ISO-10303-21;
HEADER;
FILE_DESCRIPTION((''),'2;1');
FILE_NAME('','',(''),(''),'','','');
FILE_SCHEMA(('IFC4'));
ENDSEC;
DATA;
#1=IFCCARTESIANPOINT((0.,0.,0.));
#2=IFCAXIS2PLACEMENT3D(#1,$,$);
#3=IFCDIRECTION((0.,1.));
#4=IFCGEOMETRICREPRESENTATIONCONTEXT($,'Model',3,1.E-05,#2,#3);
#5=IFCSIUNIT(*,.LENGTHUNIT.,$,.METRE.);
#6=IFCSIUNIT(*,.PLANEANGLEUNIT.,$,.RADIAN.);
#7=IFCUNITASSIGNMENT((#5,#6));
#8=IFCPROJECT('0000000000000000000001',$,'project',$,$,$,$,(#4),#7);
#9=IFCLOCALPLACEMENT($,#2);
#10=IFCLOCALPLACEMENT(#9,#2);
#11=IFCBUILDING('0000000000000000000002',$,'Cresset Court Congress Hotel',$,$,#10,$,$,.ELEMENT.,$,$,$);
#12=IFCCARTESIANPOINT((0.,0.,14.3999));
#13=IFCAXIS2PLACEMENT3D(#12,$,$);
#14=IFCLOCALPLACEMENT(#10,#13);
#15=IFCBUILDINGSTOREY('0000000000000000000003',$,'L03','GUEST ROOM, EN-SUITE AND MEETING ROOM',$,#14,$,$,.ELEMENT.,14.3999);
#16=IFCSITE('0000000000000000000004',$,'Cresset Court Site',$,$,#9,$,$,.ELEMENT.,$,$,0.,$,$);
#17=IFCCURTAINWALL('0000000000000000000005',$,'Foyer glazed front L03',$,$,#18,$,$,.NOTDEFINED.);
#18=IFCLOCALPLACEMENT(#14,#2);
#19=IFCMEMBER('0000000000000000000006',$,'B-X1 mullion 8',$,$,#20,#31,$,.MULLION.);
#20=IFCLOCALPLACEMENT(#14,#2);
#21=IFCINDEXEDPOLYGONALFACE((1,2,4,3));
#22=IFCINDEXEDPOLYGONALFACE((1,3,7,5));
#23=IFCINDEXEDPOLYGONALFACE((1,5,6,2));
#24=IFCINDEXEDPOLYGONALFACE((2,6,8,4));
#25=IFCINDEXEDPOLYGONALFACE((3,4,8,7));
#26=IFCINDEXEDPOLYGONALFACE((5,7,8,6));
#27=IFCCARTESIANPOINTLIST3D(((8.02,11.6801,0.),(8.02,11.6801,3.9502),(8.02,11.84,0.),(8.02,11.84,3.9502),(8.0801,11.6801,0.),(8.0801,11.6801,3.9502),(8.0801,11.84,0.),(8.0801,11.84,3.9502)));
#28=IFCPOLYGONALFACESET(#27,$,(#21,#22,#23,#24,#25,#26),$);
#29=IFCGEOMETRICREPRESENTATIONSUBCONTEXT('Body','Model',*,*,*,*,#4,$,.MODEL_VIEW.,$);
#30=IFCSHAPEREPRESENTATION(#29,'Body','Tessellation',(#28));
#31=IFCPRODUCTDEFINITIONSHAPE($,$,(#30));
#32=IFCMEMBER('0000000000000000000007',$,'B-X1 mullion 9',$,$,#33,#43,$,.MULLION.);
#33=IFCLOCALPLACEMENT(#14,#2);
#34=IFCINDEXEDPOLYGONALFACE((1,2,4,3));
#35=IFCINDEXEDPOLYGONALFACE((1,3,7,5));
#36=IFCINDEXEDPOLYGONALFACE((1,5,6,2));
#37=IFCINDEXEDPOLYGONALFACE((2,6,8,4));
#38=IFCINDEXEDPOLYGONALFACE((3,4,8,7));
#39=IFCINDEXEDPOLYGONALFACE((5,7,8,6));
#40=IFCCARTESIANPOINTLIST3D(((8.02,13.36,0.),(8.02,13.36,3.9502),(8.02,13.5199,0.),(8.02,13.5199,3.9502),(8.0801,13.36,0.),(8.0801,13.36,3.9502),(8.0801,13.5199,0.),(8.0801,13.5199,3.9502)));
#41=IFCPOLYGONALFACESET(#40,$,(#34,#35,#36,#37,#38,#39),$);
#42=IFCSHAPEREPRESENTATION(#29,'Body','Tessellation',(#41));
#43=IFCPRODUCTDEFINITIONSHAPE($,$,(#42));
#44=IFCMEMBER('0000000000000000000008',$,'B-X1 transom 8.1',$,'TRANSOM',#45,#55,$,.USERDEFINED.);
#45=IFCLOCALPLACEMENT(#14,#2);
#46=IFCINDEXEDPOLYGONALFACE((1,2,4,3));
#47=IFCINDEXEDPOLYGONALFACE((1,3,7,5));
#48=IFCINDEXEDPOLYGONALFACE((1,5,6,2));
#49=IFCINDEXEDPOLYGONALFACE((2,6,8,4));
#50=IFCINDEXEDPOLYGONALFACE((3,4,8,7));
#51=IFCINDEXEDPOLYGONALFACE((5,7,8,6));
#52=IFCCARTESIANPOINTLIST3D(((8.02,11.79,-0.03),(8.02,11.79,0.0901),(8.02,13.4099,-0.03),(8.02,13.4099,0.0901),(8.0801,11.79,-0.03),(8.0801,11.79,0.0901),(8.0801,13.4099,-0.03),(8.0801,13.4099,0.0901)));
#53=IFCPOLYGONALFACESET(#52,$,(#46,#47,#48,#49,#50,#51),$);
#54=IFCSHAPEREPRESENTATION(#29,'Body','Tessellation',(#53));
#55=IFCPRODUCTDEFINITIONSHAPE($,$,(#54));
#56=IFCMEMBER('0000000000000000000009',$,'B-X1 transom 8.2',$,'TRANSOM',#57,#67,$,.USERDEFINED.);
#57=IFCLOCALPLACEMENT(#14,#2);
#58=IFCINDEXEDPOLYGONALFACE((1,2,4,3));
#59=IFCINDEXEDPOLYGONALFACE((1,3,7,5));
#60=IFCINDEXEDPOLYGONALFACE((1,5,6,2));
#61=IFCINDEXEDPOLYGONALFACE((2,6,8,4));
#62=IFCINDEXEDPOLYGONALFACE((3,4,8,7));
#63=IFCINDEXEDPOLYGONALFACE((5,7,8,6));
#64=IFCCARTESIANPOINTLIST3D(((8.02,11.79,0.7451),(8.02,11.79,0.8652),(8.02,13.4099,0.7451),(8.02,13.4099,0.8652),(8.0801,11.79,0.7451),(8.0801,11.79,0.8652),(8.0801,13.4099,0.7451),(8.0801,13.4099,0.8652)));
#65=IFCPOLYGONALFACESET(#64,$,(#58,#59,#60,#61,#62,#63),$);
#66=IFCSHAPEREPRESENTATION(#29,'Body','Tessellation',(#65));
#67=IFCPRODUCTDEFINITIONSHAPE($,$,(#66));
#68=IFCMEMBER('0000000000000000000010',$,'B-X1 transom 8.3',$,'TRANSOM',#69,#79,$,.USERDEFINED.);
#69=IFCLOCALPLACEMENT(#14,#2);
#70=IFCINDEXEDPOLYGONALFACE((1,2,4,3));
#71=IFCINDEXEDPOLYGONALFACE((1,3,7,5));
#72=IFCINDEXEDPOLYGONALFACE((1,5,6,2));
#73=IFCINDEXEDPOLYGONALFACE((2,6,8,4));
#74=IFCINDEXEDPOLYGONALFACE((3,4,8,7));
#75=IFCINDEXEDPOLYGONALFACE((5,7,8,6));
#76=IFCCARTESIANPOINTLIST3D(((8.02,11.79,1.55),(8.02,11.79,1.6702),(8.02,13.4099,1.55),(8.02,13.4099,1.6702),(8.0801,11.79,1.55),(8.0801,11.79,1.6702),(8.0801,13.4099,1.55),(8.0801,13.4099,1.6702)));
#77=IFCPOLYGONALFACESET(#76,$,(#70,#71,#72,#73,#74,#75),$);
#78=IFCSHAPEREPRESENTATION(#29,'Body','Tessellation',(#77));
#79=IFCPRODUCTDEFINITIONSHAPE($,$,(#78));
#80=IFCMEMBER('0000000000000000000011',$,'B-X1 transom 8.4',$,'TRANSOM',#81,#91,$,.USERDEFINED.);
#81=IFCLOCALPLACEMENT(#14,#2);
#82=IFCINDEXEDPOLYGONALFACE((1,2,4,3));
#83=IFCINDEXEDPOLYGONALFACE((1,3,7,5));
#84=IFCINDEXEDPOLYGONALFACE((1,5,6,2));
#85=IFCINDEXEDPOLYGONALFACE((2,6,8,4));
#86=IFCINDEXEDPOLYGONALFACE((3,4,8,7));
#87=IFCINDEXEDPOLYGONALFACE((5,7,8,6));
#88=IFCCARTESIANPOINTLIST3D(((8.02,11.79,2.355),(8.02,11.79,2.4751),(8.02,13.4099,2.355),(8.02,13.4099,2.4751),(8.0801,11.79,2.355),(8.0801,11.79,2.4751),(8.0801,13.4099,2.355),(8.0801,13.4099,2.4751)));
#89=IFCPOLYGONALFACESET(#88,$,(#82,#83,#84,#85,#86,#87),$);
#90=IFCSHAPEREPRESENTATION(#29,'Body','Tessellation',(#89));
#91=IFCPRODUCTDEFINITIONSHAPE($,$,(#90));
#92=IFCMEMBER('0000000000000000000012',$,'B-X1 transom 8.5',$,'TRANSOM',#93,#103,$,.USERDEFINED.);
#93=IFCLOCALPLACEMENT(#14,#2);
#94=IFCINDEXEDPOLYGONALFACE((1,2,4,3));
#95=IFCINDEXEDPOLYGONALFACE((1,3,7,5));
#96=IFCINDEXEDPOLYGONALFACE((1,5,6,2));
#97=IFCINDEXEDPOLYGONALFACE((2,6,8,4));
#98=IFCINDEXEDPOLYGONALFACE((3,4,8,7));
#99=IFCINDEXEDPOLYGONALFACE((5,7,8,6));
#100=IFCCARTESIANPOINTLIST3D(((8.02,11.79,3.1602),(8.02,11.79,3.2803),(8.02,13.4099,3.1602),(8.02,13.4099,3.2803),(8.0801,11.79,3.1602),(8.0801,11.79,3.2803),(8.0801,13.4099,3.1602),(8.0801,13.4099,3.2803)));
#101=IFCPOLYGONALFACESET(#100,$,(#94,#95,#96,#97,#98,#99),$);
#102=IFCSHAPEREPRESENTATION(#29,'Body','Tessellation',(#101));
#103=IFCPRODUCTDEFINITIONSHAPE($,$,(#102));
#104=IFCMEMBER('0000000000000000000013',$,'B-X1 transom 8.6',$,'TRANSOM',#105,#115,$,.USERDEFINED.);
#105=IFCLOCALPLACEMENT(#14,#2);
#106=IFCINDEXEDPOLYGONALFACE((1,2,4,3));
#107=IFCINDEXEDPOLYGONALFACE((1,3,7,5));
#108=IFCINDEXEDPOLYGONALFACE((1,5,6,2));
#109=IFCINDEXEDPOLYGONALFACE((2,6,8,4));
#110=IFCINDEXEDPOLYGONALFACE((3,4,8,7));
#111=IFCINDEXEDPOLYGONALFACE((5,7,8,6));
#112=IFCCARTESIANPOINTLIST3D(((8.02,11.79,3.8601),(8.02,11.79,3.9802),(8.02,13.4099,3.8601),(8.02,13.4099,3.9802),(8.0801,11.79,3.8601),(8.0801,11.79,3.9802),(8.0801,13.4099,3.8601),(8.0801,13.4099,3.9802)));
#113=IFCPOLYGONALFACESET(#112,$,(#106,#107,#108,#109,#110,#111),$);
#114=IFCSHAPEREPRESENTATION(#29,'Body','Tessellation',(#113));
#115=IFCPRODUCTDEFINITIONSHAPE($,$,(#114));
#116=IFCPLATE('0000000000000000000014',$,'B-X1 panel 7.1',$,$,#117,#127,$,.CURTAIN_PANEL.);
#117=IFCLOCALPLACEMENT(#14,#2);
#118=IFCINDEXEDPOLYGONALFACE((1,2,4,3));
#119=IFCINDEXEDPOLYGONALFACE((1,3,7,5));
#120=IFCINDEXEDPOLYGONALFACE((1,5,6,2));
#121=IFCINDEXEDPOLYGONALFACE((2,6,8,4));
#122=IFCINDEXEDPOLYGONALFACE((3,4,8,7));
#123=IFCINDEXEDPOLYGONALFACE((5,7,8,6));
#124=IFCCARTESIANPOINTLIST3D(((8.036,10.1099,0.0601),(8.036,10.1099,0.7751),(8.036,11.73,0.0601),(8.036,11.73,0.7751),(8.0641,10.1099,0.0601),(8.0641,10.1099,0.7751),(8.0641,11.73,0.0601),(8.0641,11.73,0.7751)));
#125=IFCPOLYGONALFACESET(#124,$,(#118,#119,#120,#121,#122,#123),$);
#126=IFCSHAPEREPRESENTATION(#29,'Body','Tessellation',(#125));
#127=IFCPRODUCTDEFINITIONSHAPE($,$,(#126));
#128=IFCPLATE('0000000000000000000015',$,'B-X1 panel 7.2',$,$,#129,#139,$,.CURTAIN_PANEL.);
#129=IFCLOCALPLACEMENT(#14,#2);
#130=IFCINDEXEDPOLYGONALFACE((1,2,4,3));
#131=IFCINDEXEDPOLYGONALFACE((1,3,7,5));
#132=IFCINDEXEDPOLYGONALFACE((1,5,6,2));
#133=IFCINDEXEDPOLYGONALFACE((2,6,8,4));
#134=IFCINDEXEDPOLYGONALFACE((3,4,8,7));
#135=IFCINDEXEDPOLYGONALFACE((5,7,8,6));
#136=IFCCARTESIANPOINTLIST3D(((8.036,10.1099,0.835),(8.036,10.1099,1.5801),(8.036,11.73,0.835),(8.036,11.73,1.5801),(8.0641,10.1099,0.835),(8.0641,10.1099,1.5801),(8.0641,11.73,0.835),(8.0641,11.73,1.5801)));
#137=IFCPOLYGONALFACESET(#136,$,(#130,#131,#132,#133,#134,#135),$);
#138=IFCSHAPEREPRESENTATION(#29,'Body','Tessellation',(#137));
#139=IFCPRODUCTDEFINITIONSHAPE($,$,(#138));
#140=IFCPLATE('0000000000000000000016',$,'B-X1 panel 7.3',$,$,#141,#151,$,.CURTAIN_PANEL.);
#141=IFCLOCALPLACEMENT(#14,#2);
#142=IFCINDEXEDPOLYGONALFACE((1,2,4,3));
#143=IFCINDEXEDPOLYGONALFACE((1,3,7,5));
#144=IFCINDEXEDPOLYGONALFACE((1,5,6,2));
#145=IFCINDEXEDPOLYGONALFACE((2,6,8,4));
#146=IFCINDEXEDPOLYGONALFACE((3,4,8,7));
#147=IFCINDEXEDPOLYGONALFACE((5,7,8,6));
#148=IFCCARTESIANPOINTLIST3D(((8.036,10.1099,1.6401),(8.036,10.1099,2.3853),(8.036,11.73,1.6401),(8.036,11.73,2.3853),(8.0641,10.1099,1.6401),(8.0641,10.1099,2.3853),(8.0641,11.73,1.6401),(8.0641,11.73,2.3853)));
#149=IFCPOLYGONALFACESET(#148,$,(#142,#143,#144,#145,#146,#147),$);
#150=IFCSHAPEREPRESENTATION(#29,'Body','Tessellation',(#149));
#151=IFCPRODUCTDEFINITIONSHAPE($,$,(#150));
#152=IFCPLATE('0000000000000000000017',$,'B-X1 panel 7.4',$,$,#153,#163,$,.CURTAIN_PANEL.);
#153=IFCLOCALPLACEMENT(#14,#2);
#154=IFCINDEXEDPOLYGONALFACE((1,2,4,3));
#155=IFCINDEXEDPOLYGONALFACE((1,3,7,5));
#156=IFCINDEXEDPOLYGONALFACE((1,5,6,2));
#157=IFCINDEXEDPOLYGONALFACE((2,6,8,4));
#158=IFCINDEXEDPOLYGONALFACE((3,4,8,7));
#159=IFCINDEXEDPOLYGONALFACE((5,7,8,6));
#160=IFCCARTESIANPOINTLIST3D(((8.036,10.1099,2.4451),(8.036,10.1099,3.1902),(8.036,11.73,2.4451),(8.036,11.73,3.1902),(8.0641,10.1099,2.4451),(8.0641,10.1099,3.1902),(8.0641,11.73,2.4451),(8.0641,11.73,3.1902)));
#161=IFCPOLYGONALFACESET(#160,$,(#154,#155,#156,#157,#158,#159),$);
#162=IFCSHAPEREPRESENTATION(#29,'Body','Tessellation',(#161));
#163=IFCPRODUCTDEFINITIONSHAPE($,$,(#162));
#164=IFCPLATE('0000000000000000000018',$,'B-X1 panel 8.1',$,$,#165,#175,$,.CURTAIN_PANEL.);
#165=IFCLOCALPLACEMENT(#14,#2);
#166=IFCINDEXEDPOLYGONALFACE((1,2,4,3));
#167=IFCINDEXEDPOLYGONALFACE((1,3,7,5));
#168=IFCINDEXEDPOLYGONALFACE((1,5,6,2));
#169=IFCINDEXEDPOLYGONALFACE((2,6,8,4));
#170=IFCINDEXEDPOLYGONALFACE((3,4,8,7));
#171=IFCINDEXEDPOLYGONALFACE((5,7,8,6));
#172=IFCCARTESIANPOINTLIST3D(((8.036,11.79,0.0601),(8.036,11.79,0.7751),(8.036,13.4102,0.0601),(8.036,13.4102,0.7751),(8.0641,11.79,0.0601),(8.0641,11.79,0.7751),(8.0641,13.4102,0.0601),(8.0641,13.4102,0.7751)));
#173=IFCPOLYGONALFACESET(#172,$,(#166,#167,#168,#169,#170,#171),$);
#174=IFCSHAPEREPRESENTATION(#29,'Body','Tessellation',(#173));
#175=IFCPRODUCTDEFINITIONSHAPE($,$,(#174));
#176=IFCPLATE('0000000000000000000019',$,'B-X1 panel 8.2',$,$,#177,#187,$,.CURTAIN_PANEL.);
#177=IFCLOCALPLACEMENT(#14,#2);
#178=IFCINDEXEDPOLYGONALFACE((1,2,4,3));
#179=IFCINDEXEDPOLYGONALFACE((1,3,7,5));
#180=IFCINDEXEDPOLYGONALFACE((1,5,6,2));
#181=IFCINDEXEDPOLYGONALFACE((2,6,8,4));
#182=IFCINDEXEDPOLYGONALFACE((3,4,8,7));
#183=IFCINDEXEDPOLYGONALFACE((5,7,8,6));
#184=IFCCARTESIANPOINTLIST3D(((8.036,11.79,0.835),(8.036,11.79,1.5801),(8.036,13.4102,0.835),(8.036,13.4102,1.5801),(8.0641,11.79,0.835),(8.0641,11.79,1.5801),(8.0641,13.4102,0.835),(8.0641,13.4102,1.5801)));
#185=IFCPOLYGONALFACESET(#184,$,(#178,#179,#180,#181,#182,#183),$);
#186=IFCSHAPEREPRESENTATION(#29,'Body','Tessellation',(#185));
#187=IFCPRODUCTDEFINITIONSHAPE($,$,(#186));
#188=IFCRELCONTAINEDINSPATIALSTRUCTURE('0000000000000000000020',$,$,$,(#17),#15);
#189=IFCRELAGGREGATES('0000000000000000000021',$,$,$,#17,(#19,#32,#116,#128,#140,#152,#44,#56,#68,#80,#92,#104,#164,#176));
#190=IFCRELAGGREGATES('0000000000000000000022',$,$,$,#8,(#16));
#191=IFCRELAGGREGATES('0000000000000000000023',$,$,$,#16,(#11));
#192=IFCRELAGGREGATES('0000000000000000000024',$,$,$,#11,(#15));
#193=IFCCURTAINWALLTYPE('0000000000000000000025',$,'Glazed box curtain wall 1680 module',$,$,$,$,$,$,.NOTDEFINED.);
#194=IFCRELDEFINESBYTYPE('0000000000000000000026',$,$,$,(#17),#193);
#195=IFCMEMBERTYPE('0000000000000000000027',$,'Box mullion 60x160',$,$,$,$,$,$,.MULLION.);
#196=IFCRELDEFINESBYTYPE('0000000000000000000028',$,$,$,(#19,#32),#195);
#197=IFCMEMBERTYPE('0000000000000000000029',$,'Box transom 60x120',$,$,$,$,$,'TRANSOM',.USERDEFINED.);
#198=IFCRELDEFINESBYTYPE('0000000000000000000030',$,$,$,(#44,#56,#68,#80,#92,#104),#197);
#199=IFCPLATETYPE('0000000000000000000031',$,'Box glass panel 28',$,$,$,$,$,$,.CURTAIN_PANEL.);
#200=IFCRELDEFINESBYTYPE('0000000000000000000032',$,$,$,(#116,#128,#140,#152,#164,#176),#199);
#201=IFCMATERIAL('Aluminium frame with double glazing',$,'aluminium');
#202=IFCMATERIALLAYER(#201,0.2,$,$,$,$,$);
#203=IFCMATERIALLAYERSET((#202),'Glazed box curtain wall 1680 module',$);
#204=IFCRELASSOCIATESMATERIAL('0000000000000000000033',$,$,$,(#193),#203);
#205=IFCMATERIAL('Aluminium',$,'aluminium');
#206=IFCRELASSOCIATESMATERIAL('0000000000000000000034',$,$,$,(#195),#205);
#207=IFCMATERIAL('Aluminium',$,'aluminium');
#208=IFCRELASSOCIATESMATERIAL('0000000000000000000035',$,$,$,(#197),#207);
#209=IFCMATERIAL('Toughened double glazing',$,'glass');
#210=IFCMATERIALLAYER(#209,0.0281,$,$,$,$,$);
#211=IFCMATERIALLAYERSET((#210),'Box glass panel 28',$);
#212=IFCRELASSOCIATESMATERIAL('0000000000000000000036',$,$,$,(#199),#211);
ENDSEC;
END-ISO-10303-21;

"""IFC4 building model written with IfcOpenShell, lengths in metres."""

from ifc_helpers import new_model, si_unit, direction, frame, origin, origin_2d, place, context, subcontext, project, spatial, rectangle, extrude, material, layer, layer_set, material_profile, profile_set, type_object, element, aggregate, save


model = new_model("IFC4")

# Units and contexts
model_context = context("Model", 3, precision=1e-05, world=origin(), true_north=direction((0.0, 1.0)))
body_context = subcontext(model_context, "Body", "Model", "MODEL_VIEW")
ifc_project = project(units=[si_unit("LENGTHUNIT", "METRE"), si_unit("PLANEANGLEUNIT", "RADIAN")], contexts=[model_context])

# Site, building, storey
site_placement = place(None, origin())
site = spatial("IfcSite", under=ifc_project, at=site_placement, Name="Cresset Court Site", CompositionType="ELEMENT", RefElevation=0.0)
building_placement = place(site_placement, origin())
building = spatial("IfcBuilding", under=site, at=building_placement, Name="Cresset Court Congress Hotel", CompositionType="ELEMENT")
storey_placement = place(building_placement, frame((0.0, 0.0, 14.3999)))
storey = spatial("IfcBuildingStorey", under=building, at=storey_placement, Name="L03", Description="GUEST ROOM, EN-SUITE AND MEETING ROOM", CompositionType="ELEMENT", Elevation=14.3999)

# Curtain wall, members, plates
ifc_material_1 = material(Name="Aluminium frame with double glazing", Category="aluminium")
ifc_layer_1 = layer(ifc_material_1, 0.2)
ifc_layer_set_1 = layer_set([ifc_layer_1], Name="Glazed box curtain wall 1680 module")
curtain_wall_type = type_object("IfcCurtainWallType", Name="Glazed box curtain wall 1680 module", PredefinedType="NOTDEFINED", material=ifc_layer_set_1)
curtain_wall_placement = place(storey_placement, origin())
curtain_wall = element("IfcCurtainWall", 1, at=curtain_wall_placement, inside=storey, type_object=curtain_wall_type, Name="Foyer glazed front L03", PredefinedType="NOTDEFINED")
ifc_material_2 = material(Name="Aluminium", Category="aluminium")
ifc_material_profile_1 = material_profile(ifc_material_2, rectangle(XDim=0.0601, YDim=0.1599, at=origin_2d()), Name="Box mullion 60x160")
ifc_profile_set_1 = profile_set([ifc_material_profile_1], Name="Aluminium")
member_type_1 = type_object("IfcMemberType", Name="Box mullion 60x160", PredefinedType="MULLION", material=ifc_profile_set_1)
member_1_placement = place(storey_placement, frame((8.05, 11.76, 0.0), z_axis=(0.0, 0.0, 1.0), x_axis=(-1.0, 0.0, 0.0)))
member_1 = element("IfcMember", 2, at=member_1_placement, type_object=member_type_1, Name="B-X1 mullion 8", PredefinedType="MULLION", context=body_context, shape_type="SweptSolid", body=[
    extrude(rectangle(XDim=0.0601, YDim=0.1599, at=origin_2d()), origin(), (0.0, 0.0, 1.0), 3.9502),
])
member_2_placement = place(storey_placement, frame((8.05, 13.4399, 0.0), z_axis=(0.0, 0.0, 1.0), x_axis=(-1.0, 0.0, 0.0)))
member_2 = element("IfcMember", 3, at=member_2_placement, type_object=member_type_1, Name="B-X1 mullion 9", PredefinedType="MULLION", context=body_context, shape_type="SweptSolid", body=[
    extrude(rectangle(XDim=0.0601, YDim=0.1599, at=origin_2d()), origin(), (0.0, 0.0, 1.0), 3.9502),
])
ifc_material_3 = material(Name="Aluminium", Category="aluminium")
ifc_material_profile_2 = material_profile(ifc_material_3, rectangle(XDim=0.0601, YDim=0.1201, at=origin_2d()), Name="Box transom 60x120")
ifc_profile_set_2 = profile_set([ifc_material_profile_2], Name="Aluminium")
member_type_2 = type_object("IfcMemberType", Name="Box transom 60x120", ElementType="TRANSOM", PredefinedType="USERDEFINED", material=ifc_profile_set_2)
member_3_placement = place(storey_placement, frame((8.05, 11.79, 0.03), z_axis=(0.0, 1.0, 0.0), x_axis=(-1.0, 0.0, 0.0)))
member_3 = element("IfcMember", 4, at=member_3_placement, type_object=member_type_2, Name="B-X1 transom 8.1", ObjectType="TRANSOM", PredefinedType="USERDEFINED", context=body_context, shape_type="SweptSolid", body=[
    extrude(rectangle(XDim=0.0601, YDim=0.1201, at=origin_2d()), origin(), (0.0, 0.0, 1.0), 1.6199),
])
member_4_placement = place(storey_placement, frame((8.05, 11.79, 0.8052), z_axis=(0.0, 1.0, 0.0), x_axis=(-1.0, 0.0, 0.0)))
member_4 = element("IfcMember", 5, at=member_4_placement, type_object=member_type_2, Name="B-X1 transom 8.2", ObjectType="TRANSOM", PredefinedType="USERDEFINED", context=body_context, shape_type="SweptSolid", body=[
    extrude(rectangle(XDim=0.0601, YDim=0.1201, at=origin_2d()), origin(), (0.0, 0.0, 1.0), 1.6199),
])
member_5_placement = place(storey_placement, frame((8.05, 11.79, 1.6101), z_axis=(0.0, 1.0, 0.0), x_axis=(-1.0, 0.0, 0.0)))
member_5 = element("IfcMember", 6, at=member_5_placement, type_object=member_type_2, Name="B-X1 transom 8.3", ObjectType="TRANSOM", PredefinedType="USERDEFINED", context=body_context, shape_type="SweptSolid", body=[
    extrude(rectangle(XDim=0.0601, YDim=0.1201, at=origin_2d()), origin(), (0.0, 0.0, 1.0), 1.6199),
])
member_6_placement = place(storey_placement, frame((8.05, 11.79, 2.415), z_axis=(0.0, 1.0, 0.0), x_axis=(-1.0, 0.0, 0.0)))
member_6 = element("IfcMember", 7, at=member_6_placement, type_object=member_type_2, Name="B-X1 transom 8.4", ObjectType="TRANSOM", PredefinedType="USERDEFINED", context=body_context, shape_type="SweptSolid", body=[
    extrude(rectangle(XDim=0.0601, YDim=0.1201, at=origin_2d()), origin(), (0.0, 0.0, 1.0), 1.6199),
])
member_7_placement = place(storey_placement, frame((8.05, 11.79, 3.2202), z_axis=(0.0, 1.0, 0.0), x_axis=(-1.0, 0.0, 0.0)))
member_7 = element("IfcMember", 8, at=member_7_placement, type_object=member_type_2, Name="B-X1 transom 8.5", ObjectType="TRANSOM", PredefinedType="USERDEFINED", context=body_context, shape_type="SweptSolid", body=[
    extrude(rectangle(XDim=0.0601, YDim=0.1201, at=origin_2d()), origin(), (0.0, 0.0, 1.0), 1.6199),
])
member_8_placement = place(storey_placement, frame((8.05, 11.79, 3.9202), z_axis=(0.0, 1.0, 0.0), x_axis=(-1.0, 0.0, 0.0)))
member_8 = element("IfcMember", 9, at=member_8_placement, type_object=member_type_2, Name="B-X1 transom 8.6", ObjectType="TRANSOM", PredefinedType="USERDEFINED", context=body_context, shape_type="SweptSolid", body=[
    extrude(rectangle(XDim=0.0601, YDim=0.1201, at=origin_2d()), origin(), (0.0, 0.0, 1.0), 1.6199),
])
ifc_material_4 = material(Name="Toughened double glazing", Category="glass")
ifc_layer_2 = layer(ifc_material_4, 0.0281)
ifc_layer_set_2 = layer_set([ifc_layer_2], Name="Box glass panel 28")
plate_type_1 = type_object("IfcPlateType", Name="Box glass panel 28", PredefinedType="CURTAIN_PANEL", material=ifc_layer_set_2)
plate_1_placement = place(storey_placement, frame((8.05, 10.9199, 0.0601), z_axis=(0.0, 0.0, 1.0), x_axis=(0.0, 1.0, 0.0)))
plate_1 = element("IfcPlate", 10, at=plate_1_placement, type_object=plate_type_1, Name="B-X1 panel 7.1", PredefinedType="CURTAIN_PANEL", context=body_context, shape_type="SweptSolid", body=[
    extrude(rectangle(XDim=1.6201, YDim=0.0281, at=origin_2d()), origin(), (0.0, 0.0, 1.0), 0.7151),
])
plate_2_placement = place(storey_placement, frame((8.05, 10.9199, 0.835), z_axis=(0.0, 0.0, 1.0), x_axis=(0.0, 1.0, 0.0)))
plate_2 = element("IfcPlate", 11, at=plate_2_placement, type_object=plate_type_1, Name="B-X1 panel 7.2", PredefinedType="CURTAIN_PANEL", context=body_context, shape_type="SweptSolid", body=[
    extrude(rectangle(XDim=1.6201, YDim=0.0281, at=origin_2d()), origin(), (0.0, 0.0, 1.0), 0.7451),
])
plate_3_placement = place(storey_placement, frame((8.05, 10.9199, 1.6401), z_axis=(0.0, 0.0, 1.0), x_axis=(0.0, 1.0, 0.0)))
plate_3 = element("IfcPlate", 12, at=plate_3_placement, type_object=plate_type_1, Name="B-X1 panel 7.3", PredefinedType="CURTAIN_PANEL", context=body_context, shape_type="SweptSolid", body=[
    extrude(rectangle(XDim=1.6201, YDim=0.0281, at=origin_2d()), origin(), (0.0, 0.0, 1.0), 0.7451),
])
plate_4_placement = place(storey_placement, frame((8.05, 10.9199, 2.4451), z_axis=(0.0, 0.0, 1.0), x_axis=(0.0, 1.0, 0.0)))
plate_4 = element("IfcPlate", 13, at=plate_4_placement, type_object=plate_type_1, Name="B-X1 panel 7.4", PredefinedType="CURTAIN_PANEL", context=body_context, shape_type="SweptSolid", body=[
    extrude(rectangle(XDim=1.6201, YDim=0.0281, at=origin_2d()), origin(), (0.0, 0.0, 1.0), 0.7451),
])
plate_5_placement = place(storey_placement, frame((8.05, 12.6001, 0.0601), z_axis=(0.0, 0.0, 1.0), x_axis=(0.0, 1.0, 0.0)))
plate_5 = element("IfcPlate", 14, at=plate_5_placement, type_object=plate_type_1, Name="B-X1 panel 8.1", PredefinedType="CURTAIN_PANEL", context=body_context, shape_type="SweptSolid", body=[
    extrude(rectangle(XDim=1.6201, YDim=0.0281, at=origin_2d()), origin(), (0.0, 0.0, 1.0), 0.7151),
])
plate_6_placement = place(storey_placement, frame((8.05, 12.6001, 0.835), z_axis=(0.0, 0.0, 1.0), x_axis=(0.0, 1.0, 0.0)))
plate_6 = element("IfcPlate", 15, at=plate_6_placement, type_object=plate_type_1, Name="B-X1 panel 8.2", PredefinedType="CURTAIN_PANEL", context=body_context, shape_type="SweptSolid", body=[
    extrude(rectangle(XDim=1.6201, YDim=0.0281, at=origin_2d()), origin(), (0.0, 0.0, 1.0), 0.7451),
])
aggregate(curtain_wall, [member_1, member_2, plate_1, plate_2, plate_3, plate_4, member_3, member_4, member_5, member_6, member_7, member_8, plate_5, plate_6])

save(model, "model.ifc")
